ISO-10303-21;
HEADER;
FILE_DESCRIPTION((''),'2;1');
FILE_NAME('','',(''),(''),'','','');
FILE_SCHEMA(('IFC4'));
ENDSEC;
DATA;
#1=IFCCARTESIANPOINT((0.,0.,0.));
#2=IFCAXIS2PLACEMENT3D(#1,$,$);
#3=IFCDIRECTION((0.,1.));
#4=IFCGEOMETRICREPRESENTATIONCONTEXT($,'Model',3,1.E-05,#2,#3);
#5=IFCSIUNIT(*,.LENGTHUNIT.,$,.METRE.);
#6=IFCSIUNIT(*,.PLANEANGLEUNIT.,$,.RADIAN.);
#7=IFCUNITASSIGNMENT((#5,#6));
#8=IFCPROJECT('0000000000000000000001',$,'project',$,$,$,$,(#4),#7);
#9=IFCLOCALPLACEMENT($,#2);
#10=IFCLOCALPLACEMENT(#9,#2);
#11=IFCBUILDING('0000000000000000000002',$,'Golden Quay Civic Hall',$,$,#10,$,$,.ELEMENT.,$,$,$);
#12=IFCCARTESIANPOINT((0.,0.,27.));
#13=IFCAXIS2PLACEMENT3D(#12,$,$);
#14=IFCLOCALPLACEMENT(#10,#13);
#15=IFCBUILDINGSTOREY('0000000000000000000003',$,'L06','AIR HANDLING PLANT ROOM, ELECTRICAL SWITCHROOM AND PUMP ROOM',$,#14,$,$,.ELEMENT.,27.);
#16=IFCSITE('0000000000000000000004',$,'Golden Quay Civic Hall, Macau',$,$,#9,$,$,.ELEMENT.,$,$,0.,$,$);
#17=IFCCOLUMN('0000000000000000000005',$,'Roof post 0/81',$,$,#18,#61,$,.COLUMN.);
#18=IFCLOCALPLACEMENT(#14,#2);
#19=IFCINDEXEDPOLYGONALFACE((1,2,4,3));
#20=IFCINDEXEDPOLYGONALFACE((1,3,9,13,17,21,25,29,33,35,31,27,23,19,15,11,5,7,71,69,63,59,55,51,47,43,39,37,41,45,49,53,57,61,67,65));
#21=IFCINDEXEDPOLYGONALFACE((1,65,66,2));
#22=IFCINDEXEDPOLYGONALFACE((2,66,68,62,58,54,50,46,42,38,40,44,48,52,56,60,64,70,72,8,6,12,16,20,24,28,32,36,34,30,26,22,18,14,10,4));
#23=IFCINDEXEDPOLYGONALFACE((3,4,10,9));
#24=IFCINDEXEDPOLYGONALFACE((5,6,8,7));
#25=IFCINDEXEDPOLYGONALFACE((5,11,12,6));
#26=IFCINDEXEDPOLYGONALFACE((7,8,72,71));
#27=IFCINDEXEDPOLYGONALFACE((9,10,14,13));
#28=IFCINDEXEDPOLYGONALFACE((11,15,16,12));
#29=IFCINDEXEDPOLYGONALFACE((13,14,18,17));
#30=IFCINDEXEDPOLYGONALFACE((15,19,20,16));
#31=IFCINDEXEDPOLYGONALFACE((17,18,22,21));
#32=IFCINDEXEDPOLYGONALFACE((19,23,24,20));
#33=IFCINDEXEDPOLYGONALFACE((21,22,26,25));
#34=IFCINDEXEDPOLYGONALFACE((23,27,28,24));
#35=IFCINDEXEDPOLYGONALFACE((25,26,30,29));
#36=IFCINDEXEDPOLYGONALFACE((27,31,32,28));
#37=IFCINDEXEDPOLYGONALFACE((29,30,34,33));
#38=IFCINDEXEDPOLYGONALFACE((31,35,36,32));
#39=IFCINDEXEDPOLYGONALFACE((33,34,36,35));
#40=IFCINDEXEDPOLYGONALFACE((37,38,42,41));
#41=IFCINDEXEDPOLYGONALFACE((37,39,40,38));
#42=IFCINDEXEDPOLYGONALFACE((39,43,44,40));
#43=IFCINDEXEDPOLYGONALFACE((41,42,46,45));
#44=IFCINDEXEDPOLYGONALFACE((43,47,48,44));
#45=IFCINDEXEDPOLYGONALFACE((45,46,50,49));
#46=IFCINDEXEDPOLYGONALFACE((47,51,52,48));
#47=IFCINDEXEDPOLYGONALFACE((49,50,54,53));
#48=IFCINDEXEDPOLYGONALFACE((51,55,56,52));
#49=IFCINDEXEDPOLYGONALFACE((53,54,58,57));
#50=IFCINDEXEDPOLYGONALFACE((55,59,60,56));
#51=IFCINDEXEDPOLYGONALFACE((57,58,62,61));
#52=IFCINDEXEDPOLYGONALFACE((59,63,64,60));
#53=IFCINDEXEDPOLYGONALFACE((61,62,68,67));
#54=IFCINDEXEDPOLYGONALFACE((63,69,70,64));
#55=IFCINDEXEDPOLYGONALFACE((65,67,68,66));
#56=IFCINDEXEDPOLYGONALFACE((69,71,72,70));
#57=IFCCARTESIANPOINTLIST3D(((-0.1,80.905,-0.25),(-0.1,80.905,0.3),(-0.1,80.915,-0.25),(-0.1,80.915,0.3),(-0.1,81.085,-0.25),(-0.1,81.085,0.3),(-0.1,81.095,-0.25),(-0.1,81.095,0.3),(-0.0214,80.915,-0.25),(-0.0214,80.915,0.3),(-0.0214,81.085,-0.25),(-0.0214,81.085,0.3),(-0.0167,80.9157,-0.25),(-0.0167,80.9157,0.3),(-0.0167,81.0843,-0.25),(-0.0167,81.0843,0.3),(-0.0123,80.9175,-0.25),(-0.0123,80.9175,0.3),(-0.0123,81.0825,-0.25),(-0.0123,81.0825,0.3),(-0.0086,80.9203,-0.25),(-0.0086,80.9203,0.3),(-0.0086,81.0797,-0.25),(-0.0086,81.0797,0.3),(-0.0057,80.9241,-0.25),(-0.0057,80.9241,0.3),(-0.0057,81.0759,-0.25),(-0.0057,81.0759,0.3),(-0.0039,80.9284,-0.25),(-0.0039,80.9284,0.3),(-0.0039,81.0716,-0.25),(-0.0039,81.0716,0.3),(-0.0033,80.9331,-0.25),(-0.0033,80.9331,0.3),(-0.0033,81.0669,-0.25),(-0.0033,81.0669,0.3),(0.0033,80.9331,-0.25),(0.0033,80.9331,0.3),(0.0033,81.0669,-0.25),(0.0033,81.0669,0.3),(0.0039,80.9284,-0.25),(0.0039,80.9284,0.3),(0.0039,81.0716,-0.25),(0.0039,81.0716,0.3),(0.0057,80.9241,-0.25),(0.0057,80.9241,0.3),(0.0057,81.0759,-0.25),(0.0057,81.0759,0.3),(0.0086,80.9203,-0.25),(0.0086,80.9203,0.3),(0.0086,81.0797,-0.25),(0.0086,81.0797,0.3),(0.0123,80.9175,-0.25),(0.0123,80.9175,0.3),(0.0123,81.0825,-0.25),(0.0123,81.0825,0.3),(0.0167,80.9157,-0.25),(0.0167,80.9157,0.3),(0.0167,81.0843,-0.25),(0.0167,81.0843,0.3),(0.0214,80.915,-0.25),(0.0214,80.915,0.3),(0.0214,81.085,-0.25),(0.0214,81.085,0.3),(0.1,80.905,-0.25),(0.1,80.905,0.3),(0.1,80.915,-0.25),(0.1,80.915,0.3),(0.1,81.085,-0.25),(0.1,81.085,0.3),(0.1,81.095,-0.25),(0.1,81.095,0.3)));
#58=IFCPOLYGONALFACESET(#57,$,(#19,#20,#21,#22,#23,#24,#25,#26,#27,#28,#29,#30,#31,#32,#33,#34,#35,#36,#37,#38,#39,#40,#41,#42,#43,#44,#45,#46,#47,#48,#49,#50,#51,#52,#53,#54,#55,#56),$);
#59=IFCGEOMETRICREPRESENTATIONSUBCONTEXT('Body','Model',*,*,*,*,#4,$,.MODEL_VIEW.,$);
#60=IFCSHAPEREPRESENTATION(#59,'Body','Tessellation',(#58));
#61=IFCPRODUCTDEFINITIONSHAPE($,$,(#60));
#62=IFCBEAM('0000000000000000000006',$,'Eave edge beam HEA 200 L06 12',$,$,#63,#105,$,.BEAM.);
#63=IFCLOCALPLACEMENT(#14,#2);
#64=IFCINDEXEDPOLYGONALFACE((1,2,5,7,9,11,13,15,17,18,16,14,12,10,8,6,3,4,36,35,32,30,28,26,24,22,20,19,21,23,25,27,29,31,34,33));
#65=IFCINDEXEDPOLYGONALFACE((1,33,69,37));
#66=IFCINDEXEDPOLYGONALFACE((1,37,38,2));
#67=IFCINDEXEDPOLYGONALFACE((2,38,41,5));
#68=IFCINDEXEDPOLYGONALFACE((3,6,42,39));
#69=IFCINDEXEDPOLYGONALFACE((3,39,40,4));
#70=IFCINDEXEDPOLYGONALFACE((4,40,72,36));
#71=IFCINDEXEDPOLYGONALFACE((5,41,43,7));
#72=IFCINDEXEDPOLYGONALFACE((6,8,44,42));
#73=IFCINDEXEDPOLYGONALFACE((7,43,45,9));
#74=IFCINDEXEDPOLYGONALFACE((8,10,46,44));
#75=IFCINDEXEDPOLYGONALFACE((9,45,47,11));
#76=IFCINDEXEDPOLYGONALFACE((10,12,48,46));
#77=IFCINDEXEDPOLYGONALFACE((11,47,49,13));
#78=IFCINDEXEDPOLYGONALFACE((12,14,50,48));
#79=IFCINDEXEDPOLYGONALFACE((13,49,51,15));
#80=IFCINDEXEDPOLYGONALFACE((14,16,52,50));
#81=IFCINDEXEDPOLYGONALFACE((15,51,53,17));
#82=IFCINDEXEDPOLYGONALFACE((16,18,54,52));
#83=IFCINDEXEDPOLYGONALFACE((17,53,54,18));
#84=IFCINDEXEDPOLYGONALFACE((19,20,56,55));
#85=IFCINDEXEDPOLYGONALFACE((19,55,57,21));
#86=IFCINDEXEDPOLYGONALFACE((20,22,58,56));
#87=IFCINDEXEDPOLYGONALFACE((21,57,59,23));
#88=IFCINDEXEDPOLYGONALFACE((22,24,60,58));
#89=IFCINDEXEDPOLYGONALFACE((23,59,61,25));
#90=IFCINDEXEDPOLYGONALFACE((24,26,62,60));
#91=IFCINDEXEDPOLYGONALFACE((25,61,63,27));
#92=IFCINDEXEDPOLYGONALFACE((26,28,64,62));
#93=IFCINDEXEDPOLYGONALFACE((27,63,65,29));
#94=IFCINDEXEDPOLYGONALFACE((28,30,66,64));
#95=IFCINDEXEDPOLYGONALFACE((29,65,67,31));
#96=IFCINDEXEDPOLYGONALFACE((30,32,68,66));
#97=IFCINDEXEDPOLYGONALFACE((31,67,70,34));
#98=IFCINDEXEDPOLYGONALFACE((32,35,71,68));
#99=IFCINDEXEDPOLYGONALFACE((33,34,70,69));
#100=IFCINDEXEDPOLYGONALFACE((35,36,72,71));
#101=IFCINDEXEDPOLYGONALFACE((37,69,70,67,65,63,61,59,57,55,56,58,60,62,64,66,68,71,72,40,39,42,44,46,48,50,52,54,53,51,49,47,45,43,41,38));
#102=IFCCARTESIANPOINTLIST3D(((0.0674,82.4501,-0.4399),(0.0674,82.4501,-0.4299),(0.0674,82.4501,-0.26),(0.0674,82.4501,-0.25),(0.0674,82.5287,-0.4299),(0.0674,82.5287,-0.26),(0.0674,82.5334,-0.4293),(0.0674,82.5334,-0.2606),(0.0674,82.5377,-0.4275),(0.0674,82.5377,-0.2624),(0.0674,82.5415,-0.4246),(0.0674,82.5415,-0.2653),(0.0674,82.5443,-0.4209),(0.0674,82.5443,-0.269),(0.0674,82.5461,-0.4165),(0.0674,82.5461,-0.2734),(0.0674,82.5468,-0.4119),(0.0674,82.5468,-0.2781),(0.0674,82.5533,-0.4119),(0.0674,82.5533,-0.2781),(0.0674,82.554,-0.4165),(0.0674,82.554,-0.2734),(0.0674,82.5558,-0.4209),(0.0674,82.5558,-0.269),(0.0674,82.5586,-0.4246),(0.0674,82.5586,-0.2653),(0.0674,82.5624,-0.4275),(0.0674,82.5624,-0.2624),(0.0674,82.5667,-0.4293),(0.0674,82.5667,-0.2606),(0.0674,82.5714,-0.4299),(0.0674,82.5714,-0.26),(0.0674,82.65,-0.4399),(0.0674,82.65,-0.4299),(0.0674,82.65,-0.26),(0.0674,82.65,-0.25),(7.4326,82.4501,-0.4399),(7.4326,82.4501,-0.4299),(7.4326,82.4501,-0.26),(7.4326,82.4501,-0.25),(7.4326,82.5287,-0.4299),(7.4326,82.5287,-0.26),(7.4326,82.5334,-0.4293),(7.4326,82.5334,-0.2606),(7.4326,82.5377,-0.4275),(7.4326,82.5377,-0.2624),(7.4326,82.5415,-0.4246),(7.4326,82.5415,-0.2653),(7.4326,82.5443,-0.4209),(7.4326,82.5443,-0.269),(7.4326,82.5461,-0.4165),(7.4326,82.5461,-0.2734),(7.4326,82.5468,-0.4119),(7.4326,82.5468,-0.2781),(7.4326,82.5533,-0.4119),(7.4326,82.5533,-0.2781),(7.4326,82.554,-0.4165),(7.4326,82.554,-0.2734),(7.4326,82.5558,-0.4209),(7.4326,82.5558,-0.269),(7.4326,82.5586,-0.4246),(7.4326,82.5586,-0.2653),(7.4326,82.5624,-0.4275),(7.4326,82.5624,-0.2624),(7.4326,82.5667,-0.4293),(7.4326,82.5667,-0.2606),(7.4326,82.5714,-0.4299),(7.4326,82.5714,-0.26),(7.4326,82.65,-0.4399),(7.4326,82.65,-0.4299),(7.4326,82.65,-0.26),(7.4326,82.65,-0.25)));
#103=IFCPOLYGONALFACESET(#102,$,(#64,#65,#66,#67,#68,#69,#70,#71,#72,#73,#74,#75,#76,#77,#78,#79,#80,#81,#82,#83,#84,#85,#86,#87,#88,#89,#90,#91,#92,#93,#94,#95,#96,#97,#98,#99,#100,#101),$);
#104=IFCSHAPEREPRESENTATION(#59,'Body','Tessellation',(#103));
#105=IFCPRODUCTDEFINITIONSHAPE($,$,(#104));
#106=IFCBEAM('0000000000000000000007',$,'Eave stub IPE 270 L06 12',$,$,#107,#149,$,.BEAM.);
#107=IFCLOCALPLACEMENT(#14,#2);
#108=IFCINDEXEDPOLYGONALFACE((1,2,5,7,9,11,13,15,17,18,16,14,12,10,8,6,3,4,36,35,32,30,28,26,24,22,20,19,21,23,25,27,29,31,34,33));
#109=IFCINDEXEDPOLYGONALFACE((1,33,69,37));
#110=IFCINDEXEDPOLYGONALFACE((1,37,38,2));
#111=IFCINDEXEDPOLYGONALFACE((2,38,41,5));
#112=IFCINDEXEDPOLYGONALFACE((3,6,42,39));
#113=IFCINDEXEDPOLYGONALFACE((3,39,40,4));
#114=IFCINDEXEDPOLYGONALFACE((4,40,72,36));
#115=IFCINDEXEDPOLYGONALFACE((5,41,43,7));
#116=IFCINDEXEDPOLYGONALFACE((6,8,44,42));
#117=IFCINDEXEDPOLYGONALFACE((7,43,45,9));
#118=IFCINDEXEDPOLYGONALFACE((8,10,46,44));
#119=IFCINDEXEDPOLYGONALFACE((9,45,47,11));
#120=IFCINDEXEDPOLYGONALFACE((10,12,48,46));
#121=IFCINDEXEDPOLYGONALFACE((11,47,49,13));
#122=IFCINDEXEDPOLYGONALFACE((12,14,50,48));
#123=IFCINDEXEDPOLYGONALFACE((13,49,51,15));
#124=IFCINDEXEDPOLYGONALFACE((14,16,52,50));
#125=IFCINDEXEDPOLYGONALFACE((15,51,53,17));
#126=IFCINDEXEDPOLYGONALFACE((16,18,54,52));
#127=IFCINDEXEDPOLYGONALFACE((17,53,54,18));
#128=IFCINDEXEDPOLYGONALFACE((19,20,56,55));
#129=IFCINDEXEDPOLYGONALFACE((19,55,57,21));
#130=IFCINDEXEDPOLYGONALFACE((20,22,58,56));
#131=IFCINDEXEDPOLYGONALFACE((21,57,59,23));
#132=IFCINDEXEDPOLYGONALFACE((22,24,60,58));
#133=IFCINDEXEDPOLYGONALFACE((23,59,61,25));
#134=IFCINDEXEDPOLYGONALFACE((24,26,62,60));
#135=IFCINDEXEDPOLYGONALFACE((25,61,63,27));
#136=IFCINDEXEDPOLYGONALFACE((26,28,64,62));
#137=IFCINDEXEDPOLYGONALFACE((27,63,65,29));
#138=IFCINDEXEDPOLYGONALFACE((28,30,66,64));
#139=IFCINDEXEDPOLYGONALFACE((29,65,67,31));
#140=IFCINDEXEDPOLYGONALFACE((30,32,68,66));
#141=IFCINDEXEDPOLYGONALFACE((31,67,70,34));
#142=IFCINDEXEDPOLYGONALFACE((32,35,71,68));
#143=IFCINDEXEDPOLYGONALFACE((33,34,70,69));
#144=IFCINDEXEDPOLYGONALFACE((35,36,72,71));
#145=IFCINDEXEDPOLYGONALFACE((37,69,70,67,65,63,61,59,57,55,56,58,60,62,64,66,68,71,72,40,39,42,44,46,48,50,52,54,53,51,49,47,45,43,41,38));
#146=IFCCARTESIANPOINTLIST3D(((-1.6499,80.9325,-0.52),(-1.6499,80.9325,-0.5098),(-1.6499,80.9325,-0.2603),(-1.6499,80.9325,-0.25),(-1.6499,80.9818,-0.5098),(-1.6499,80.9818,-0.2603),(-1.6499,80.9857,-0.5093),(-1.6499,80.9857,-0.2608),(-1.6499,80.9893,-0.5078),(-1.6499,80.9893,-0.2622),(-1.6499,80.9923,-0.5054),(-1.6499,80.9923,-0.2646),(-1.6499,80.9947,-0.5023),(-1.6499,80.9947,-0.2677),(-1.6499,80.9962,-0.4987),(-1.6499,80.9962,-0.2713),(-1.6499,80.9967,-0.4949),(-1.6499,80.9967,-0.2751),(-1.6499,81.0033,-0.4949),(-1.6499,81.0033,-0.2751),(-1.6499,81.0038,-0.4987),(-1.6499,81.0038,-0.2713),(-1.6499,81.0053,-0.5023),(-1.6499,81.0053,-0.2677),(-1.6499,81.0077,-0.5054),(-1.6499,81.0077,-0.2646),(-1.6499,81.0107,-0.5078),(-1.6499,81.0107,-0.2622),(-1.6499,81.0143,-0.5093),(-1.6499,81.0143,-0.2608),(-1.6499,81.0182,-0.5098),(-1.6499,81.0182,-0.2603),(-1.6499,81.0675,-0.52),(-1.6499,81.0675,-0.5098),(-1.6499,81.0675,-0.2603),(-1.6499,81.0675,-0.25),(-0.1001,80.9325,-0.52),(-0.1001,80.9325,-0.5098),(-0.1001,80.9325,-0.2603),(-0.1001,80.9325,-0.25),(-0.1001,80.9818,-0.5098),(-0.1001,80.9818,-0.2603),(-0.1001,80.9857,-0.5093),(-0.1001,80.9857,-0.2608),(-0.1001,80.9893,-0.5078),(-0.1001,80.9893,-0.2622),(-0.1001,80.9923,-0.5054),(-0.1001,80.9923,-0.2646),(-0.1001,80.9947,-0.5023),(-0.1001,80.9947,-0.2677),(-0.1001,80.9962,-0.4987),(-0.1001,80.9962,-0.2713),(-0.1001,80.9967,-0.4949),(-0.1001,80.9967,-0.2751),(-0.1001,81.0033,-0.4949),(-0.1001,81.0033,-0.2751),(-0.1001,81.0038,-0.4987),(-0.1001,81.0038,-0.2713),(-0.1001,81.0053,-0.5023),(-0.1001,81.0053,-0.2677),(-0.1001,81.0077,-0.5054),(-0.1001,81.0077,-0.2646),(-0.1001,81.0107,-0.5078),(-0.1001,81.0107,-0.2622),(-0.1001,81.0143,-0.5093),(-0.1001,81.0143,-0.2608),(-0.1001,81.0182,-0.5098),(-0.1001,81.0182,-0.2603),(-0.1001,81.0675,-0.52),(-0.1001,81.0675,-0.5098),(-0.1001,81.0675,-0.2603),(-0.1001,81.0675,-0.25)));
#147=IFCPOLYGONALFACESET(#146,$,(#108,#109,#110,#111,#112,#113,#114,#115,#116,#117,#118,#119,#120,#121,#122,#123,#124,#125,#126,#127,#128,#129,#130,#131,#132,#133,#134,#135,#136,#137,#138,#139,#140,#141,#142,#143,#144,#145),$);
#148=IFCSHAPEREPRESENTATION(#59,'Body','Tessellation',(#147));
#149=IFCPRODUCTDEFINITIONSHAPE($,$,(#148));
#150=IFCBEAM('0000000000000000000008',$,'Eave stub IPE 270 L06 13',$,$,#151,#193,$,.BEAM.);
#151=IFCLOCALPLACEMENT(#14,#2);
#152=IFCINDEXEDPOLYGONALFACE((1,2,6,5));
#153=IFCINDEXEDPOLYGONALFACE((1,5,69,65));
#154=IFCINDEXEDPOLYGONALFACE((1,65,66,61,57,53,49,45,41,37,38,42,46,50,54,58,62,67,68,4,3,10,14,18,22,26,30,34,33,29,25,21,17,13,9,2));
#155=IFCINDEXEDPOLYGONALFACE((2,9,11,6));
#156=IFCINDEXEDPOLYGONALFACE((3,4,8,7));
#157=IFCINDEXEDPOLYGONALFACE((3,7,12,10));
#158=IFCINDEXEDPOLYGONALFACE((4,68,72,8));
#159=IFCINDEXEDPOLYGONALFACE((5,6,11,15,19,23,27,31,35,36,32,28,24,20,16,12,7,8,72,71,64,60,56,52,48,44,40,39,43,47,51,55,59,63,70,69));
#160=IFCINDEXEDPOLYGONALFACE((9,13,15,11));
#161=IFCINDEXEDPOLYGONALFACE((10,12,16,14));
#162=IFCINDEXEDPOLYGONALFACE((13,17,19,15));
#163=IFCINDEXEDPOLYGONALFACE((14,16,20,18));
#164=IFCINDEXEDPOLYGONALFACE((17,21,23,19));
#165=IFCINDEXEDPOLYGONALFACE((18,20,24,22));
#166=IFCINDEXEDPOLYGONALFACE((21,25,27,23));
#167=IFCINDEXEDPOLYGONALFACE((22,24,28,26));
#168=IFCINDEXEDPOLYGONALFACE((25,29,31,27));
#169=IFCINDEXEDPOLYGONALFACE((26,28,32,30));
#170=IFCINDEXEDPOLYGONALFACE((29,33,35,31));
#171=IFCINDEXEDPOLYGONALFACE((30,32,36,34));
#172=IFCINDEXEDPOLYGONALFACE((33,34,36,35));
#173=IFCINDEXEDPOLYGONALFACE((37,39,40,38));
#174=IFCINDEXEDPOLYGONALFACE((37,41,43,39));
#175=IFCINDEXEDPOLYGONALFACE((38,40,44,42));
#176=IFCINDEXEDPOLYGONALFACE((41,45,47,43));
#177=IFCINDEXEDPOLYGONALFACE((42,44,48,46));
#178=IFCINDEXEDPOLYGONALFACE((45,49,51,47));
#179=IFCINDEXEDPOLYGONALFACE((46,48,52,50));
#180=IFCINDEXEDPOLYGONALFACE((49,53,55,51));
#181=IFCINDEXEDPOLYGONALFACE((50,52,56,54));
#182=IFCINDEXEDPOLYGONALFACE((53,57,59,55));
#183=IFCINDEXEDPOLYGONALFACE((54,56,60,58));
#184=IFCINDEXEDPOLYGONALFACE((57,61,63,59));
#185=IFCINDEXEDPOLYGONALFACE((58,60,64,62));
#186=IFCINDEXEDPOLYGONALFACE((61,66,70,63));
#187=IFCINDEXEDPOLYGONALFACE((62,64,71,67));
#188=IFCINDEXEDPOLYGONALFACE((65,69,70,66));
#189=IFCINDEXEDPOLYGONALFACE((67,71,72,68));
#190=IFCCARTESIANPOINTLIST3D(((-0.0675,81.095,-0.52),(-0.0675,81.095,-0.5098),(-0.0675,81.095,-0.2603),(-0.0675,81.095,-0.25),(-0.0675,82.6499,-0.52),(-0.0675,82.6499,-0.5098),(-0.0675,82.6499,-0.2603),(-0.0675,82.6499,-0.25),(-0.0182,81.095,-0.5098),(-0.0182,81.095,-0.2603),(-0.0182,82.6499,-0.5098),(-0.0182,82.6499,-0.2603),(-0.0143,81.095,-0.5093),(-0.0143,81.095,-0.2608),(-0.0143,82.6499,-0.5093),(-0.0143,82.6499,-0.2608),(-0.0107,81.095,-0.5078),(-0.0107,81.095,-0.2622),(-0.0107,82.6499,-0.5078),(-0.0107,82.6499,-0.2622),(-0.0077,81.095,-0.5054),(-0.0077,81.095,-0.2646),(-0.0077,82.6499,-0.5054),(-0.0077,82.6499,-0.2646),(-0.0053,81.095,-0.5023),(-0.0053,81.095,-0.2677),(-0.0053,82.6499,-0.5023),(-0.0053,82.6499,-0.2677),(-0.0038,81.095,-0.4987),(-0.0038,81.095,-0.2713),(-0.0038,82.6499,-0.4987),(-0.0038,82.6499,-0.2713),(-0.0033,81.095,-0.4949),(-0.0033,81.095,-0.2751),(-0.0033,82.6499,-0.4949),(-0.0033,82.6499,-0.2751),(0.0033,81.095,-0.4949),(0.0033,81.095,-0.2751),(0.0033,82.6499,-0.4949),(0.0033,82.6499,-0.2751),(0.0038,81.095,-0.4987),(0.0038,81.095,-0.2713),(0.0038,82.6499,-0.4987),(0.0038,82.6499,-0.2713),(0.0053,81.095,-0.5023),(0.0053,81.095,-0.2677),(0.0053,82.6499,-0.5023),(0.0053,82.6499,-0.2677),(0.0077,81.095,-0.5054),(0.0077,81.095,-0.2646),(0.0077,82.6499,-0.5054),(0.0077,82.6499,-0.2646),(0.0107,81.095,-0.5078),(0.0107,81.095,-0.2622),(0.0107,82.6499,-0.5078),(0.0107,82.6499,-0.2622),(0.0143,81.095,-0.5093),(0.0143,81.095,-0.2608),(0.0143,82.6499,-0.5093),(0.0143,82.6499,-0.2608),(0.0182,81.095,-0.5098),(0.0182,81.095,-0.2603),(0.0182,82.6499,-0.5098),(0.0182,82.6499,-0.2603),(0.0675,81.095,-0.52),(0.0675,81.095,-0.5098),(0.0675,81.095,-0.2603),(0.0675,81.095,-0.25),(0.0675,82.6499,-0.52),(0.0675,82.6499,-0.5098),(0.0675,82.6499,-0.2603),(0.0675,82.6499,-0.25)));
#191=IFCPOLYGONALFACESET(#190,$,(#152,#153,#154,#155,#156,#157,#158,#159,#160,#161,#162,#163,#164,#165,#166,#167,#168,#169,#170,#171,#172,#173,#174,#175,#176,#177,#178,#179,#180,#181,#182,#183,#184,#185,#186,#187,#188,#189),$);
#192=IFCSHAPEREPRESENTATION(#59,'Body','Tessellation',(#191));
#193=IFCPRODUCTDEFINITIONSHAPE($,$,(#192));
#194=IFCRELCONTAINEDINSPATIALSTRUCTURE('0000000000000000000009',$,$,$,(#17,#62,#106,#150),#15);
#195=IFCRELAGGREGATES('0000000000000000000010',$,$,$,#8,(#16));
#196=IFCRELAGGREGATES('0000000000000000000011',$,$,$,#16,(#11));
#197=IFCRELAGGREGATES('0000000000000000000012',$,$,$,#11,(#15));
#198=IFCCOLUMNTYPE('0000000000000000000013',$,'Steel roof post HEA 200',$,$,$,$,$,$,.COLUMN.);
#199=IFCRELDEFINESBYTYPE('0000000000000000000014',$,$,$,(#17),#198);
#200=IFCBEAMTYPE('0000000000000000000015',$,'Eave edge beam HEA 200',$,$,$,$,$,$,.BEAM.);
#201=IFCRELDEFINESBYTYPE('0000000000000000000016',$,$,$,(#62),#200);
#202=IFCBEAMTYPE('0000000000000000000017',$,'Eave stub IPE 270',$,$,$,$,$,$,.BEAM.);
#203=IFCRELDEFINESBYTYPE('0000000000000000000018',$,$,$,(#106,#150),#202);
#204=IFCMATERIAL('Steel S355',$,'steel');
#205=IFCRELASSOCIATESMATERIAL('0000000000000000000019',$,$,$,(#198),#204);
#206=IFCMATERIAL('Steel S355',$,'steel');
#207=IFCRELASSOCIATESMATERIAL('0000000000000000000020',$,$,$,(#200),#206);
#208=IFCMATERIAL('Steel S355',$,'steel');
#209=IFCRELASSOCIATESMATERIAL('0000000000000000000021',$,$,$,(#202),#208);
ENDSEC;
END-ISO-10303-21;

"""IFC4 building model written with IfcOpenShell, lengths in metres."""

from ifc_helpers import new_model, si_unit, direction, frame, origin, origin_2d, place, context, subcontext, project, spatial, i_section, extrude, material, material_profile, profile_set, type_object, element, save


model = new_model("IFC4")

# Units and contexts
model_context = context("Model", 3, precision=1e-05, world=origin(), true_north=direction((0.0, 1.0)))
body_context = subcontext(model_context, "Body", "Model", "MODEL_VIEW")
ifc_project = project(units=[si_unit("LENGTHUNIT", "METRE"), si_unit("PLANEANGLEUNIT", "RADIAN")], contexts=[model_context])

# Site, building, storey
site_placement = place(None, origin())
site = spatial("IfcSite", under=ifc_project, at=site_placement, Name="Golden Quay Civic Hall, Macau", CompositionType="ELEMENT", RefElevation=0.0)
building_placement = place(site_placement, origin())
building = spatial("IfcBuilding", under=site, at=building_placement, Name="Golden Quay Civic Hall", CompositionType="ELEMENT")
storey_placement = place(building_placement, frame((0.0, 0.0, 27.0)))
storey = spatial("IfcBuildingStorey", under=building, at=storey_placement, Name="L06", Description="AIR HANDLING PLANT ROOM, ELECTRICAL SWITCHROOM AND PUMP ROOM", CompositionType="ELEMENT", Elevation=27.0)

# Column
ifc_material_1 = material(Name="Steel S355", Category="steel")
ifc_material_profile_1 = material_profile(ifc_material_1, i_section(OverallWidth=0.2, OverallDepth=0.1899, WebThickness=0.0066, FlangeThickness=0.01, FilletRadius=0.0181, at=origin_2d()), Name="HEA 200")
ifc_profile_set_1 = profile_set([ifc_material_profile_1], Name="Steel S355")
column_type = type_object("IfcColumnType", Name="Steel roof post HEA 200", PredefinedType="COLUMN", material=ifc_profile_set_1)
column_placement = place(storey_placement, frame((0.0, 81.0, -0.25), z_axis=(0.0, 0.0, 1.0), x_axis=(1.0, 0.0, 0.0)))
element("IfcColumn", 1, at=column_placement, inside=storey, type_object=column_type, Name="Roof post 0/81", PredefinedType="COLUMN", context=body_context, shape_type="SweptSolid", body=[
    extrude(i_section(OverallWidth=0.2, OverallDepth=0.1899, WebThickness=0.0066, FlangeThickness=0.01, FilletRadius=0.0181, at=origin_2d()), origin(), (0.0, 0.0, 1.0), 0.55),
])

# Beams
ifc_material_2 = material(Name="Steel S355", Category="steel")
ifc_material_profile_2 = material_profile(ifc_material_2, i_section(OverallWidth=0.2, OverallDepth=0.1899, WebThickness=0.0066, FlangeThickness=0.01, FilletRadius=0.0181, at=origin_2d()), Name="HEA 200")
ifc_profile_set_2 = profile_set([ifc_material_profile_2], Name="Steel S355")
beam_type_1 = type_object("IfcBeamType", Name="Eave edge beam HEA 200", PredefinedType="BEAM", material=ifc_profile_set_2)
beam_1_placement = place(storey_placement, frame((0.0674, 82.55, -0.345), z_axis=(1.0, 0.0, 0.0), x_axis=(0.0, 1.0, 0.0)))
element("IfcBeam", 2, at=beam_1_placement, inside=storey, type_object=beam_type_1, Name="Eave edge beam HEA 200 L06 12", PredefinedType="BEAM", context=body_context, shape_type="SweptSolid", body=[
    extrude(i_section(OverallWidth=0.2, OverallDepth=0.1899, WebThickness=0.0066, FlangeThickness=0.01, FilletRadius=0.0181, at=origin_2d()), origin(), (0.0, 0.0, 1.0), 7.3652),
])
ifc_material_3 = material(Name="Steel S355", Category="steel")
ifc_material_profile_3 = material_profile(ifc_material_3, i_section(OverallWidth=0.135, OverallDepth=0.27, WebThickness=0.0066, FlangeThickness=0.0103, FilletRadius=0.0149, at=origin_2d()), Name="IPE 270")
ifc_profile_set_3 = profile_set([ifc_material_profile_3], Name="Steel S355")
beam_type_2 = type_object("IfcBeamType", Name="Eave stub IPE 270", PredefinedType="BEAM", material=ifc_profile_set_3)
beam_2_placement = place(storey_placement, frame((-0.1001, 81.0, -0.385), z_axis=(-1.0, 0.0, 0.0), x_axis=(0.0, -1.0, 0.0)))
element("IfcBeam", 3, at=beam_2_placement, inside=storey, type_object=beam_type_2, Name="Eave stub IPE 270 L06 12", PredefinedType="BEAM", context=body_context, shape_type="SweptSolid", body=[
    extrude(i_section(OverallWidth=0.135, OverallDepth=0.27, WebThickness=0.0066, FlangeThickness=0.0103, FilletRadius=0.0149, at=origin_2d()), origin(), (0.0, 0.0, 1.0), 1.5498),
])
beam_3_placement = place(storey_placement, frame((0.0, 81.095, -0.385), z_axis=(0.0, 1.0, 0.0), x_axis=(-1.0, 0.0, 0.0)))
element("IfcBeam", 4, at=beam_3_placement, inside=storey, type_object=beam_type_2, Name="Eave stub IPE 270 L06 13", PredefinedType="BEAM", context=body_context, shape_type="SweptSolid", body=[
    extrude(i_section(OverallWidth=0.135, OverallDepth=0.27, WebThickness=0.0066, FlangeThickness=0.0103, FilletRadius=0.0149, at=origin_2d()), origin(), (0.0, 0.0, 1.0), 1.5549),
])

save(model, "model.ifc")
